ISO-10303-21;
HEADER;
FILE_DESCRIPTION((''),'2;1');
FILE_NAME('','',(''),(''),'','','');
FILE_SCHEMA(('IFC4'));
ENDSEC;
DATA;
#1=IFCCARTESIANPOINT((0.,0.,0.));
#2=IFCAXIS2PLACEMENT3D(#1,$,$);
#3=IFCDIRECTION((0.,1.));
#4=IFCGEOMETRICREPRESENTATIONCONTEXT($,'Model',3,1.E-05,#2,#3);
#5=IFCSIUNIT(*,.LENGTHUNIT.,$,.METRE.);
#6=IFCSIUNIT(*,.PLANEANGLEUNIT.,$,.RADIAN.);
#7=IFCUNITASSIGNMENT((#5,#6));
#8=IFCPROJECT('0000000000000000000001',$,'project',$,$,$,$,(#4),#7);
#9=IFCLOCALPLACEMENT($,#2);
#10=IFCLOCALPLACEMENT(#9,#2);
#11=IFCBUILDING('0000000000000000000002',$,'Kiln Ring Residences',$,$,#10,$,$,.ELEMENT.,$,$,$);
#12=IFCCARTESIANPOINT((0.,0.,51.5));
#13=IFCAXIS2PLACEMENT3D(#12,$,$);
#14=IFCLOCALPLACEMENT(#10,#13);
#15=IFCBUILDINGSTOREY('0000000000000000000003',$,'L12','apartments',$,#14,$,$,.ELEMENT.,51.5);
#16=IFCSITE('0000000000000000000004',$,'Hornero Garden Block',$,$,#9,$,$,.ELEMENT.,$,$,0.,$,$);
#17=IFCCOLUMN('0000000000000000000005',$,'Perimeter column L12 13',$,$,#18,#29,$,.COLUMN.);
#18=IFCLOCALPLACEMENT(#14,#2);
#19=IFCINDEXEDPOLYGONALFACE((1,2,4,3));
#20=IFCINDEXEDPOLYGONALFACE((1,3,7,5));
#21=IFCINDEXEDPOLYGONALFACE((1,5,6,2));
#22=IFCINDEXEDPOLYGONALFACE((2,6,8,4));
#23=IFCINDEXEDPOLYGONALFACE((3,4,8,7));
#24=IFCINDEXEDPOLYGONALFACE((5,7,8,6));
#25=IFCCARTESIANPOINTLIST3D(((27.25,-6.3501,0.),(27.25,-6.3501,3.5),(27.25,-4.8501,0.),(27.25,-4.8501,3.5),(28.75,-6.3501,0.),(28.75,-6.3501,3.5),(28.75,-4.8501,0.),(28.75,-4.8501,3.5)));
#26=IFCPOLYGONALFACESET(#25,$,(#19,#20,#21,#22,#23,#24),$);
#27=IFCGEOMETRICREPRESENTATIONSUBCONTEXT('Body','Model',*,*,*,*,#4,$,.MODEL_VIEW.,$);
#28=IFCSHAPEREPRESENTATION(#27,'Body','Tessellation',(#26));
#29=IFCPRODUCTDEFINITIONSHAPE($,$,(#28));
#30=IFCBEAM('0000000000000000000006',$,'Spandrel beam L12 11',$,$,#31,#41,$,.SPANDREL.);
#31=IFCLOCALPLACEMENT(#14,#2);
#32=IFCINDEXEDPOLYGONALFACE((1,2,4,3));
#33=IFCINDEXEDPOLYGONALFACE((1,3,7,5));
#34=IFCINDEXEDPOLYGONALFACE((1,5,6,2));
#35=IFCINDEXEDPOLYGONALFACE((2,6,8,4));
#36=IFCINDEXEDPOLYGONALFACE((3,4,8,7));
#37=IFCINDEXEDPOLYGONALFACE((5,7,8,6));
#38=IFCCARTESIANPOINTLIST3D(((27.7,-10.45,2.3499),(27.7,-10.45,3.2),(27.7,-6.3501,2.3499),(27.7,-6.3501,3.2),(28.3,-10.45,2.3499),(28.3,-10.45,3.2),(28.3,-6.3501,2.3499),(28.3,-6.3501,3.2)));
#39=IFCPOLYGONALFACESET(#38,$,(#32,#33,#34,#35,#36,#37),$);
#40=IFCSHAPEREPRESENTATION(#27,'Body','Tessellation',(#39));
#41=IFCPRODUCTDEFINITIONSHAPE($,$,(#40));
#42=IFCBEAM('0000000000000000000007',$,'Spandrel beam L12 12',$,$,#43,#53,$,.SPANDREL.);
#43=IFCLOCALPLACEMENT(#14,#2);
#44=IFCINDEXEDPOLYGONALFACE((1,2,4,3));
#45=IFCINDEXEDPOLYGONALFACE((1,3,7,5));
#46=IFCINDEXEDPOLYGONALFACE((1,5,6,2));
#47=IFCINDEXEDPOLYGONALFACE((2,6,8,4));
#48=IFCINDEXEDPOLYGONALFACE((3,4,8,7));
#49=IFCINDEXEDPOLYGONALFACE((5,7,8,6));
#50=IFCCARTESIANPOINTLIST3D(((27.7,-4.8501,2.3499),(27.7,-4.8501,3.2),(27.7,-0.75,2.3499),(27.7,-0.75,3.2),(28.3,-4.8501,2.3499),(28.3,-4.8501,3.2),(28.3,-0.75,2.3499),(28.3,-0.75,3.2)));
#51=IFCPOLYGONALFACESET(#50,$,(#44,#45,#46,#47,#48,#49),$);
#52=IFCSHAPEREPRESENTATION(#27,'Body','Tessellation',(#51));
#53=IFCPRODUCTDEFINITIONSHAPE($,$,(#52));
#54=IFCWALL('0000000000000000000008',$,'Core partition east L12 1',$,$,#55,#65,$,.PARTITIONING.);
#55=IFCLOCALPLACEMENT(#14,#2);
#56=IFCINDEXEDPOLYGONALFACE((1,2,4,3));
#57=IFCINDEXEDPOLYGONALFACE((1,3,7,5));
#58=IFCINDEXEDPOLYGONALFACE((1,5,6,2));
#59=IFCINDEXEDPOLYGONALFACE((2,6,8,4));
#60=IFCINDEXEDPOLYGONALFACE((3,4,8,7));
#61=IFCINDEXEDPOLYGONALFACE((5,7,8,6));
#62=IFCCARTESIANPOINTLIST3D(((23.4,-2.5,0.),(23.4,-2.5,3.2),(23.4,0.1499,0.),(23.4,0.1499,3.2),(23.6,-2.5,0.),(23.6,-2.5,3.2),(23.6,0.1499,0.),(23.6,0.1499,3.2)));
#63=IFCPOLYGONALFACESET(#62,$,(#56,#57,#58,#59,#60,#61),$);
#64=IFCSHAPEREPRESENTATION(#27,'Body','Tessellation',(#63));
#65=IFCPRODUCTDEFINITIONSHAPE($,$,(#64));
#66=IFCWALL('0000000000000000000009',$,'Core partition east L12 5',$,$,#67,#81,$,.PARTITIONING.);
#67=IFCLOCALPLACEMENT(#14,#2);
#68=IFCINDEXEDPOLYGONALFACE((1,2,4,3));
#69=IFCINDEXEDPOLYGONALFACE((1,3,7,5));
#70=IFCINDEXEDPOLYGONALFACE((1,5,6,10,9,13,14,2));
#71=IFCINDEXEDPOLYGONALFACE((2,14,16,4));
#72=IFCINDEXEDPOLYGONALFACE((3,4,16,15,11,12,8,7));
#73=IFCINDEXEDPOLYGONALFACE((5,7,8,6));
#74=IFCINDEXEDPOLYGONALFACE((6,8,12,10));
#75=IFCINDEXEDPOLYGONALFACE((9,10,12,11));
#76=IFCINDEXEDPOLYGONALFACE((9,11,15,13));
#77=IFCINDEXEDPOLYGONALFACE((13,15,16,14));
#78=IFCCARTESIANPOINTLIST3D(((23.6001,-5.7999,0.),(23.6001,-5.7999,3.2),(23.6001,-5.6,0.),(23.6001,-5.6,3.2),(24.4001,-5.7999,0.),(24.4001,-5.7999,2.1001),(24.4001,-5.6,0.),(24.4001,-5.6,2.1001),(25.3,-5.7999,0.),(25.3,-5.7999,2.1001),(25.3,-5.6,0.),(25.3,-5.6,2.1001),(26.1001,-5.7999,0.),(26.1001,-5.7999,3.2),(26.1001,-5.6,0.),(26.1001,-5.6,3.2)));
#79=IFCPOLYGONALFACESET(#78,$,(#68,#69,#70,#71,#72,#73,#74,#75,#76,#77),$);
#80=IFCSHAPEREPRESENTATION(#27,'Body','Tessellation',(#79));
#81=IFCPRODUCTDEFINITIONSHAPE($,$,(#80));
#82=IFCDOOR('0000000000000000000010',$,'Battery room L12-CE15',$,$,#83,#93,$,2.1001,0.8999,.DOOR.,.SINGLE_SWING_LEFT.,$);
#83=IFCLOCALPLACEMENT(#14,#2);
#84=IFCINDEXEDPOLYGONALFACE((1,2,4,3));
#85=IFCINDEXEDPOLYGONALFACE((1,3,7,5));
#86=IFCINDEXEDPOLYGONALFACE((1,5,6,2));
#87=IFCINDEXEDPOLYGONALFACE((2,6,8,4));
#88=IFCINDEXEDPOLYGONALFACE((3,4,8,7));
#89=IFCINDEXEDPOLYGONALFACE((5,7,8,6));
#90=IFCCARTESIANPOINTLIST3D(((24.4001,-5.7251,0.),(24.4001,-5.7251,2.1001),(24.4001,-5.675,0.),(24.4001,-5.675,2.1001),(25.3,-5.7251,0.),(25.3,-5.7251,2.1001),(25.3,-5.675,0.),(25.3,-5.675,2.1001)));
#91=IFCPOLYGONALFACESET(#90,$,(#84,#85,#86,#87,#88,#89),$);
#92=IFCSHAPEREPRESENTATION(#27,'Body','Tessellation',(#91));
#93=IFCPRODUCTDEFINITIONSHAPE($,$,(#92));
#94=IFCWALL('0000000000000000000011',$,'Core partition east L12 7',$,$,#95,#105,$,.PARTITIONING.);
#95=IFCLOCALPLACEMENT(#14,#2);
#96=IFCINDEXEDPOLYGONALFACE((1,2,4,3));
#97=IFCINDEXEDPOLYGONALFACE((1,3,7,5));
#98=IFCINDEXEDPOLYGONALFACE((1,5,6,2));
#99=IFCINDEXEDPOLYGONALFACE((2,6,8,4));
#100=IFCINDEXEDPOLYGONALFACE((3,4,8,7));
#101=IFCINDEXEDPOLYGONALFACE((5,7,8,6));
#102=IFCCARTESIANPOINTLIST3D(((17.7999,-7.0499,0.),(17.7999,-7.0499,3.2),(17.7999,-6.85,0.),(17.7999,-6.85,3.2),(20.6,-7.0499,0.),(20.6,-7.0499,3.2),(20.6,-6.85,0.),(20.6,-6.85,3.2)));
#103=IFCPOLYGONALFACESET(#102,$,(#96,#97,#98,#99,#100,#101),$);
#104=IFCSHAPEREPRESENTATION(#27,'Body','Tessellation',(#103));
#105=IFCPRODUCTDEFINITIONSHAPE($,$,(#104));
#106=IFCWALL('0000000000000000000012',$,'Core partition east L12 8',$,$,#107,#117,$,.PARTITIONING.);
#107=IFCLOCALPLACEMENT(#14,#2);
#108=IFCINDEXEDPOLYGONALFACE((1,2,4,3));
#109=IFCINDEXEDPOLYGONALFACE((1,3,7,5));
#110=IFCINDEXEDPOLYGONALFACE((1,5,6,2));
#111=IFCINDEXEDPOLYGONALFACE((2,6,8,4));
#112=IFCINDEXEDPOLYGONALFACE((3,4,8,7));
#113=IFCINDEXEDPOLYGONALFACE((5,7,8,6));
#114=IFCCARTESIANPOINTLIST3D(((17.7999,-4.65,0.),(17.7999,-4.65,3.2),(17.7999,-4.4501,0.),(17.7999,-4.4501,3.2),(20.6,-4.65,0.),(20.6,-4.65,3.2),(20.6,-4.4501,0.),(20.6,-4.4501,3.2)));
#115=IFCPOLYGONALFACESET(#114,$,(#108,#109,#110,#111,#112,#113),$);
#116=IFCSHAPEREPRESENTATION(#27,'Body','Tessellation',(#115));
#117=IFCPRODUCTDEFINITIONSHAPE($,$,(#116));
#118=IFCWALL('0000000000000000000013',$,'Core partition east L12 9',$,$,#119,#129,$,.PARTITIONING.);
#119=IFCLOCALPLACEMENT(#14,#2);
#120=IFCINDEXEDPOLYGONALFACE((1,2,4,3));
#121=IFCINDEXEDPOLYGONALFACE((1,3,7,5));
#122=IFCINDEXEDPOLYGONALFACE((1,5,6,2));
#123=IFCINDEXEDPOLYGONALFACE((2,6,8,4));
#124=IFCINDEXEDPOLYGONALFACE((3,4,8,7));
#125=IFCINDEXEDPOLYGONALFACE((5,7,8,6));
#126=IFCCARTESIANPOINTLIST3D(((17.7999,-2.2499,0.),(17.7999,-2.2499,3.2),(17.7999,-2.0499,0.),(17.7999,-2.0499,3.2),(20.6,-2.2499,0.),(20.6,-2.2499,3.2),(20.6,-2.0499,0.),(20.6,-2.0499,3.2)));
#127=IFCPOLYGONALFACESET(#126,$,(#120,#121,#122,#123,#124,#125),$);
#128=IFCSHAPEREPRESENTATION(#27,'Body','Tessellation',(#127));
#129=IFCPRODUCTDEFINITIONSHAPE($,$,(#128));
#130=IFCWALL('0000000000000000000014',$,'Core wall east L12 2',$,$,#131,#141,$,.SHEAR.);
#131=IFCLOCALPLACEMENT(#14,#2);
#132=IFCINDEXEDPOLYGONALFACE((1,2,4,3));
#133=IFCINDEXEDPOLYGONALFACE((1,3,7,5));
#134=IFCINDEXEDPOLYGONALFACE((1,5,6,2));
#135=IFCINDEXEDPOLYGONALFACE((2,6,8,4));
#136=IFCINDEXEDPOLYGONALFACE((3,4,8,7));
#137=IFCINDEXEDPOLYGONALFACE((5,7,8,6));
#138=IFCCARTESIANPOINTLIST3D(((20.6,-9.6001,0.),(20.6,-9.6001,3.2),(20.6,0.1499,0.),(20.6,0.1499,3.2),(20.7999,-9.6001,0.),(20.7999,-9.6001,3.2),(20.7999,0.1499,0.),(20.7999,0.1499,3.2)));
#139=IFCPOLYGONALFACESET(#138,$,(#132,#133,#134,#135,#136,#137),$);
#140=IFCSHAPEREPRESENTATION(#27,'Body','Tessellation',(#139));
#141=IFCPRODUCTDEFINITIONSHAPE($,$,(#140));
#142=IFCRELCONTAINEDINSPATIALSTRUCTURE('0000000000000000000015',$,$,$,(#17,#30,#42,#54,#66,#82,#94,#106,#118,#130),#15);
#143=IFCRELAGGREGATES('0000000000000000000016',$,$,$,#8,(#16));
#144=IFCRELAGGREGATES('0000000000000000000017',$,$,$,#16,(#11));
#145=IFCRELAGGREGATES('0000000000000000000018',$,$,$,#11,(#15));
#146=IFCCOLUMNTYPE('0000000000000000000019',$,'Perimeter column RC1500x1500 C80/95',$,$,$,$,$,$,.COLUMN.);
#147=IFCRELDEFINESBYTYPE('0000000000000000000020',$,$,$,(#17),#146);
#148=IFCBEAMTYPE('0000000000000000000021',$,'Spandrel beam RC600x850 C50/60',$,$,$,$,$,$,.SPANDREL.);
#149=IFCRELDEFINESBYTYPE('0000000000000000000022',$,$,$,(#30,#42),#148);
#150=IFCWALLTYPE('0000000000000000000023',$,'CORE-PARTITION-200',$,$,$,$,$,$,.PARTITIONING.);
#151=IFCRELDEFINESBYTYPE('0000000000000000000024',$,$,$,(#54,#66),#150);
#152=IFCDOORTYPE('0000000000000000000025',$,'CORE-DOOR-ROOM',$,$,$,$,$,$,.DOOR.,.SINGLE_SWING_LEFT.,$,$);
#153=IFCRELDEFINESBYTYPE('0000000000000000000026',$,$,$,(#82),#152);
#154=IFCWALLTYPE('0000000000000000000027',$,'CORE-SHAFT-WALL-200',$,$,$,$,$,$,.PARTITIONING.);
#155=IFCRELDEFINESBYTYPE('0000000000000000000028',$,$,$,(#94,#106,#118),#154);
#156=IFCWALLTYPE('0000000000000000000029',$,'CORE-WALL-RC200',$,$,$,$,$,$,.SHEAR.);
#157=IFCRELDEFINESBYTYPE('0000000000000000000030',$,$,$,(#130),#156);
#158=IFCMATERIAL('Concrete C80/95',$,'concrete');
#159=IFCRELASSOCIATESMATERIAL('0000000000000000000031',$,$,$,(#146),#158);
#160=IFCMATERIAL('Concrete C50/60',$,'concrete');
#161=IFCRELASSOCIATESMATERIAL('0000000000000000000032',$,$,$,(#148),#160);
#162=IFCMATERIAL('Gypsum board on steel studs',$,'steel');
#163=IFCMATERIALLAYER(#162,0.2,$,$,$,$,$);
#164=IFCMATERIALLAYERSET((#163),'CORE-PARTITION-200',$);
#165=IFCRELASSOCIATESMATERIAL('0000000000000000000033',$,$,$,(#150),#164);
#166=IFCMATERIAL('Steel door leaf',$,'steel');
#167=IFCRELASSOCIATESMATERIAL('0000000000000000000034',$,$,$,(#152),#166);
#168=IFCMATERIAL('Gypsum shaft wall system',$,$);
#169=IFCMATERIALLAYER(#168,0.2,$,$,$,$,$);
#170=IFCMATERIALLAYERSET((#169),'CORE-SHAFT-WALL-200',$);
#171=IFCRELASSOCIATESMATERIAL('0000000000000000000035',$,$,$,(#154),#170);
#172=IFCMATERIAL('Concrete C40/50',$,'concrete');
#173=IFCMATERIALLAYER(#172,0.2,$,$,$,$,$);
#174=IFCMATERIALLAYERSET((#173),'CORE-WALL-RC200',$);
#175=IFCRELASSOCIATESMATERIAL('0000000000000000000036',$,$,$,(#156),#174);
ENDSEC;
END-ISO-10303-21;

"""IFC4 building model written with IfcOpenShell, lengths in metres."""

from ifc_helpers import new_model, si_unit, direction, frame, frame_2d, origin, origin_2d, place, context, subcontext, project, spatial, rectangle, extrude, material, layer, layer_set, material_profile, profile_set, type_object, element, fill, save


model = new_model("IFC4")

# Units and contexts
model_context = context("Model", 3, precision=1e-05, world=origin(), true_north=direction((0.0, 1.0)))
body_context = subcontext(model_context, "Body", "Model", "MODEL_VIEW")
ifc_project = project(units=[si_unit("LENGTHUNIT", "METRE"), si_unit("PLANEANGLEUNIT", "RADIAN")], contexts=[model_context])

# Site, building, storey
site_placement = place(None, origin())
site = spatial("IfcSite", under=ifc_project, at=site_placement, Name="Hornero Garden Block", CompositionType="ELEMENT", RefElevation=0.0)
building_placement = place(site_placement, origin())
building = spatial("IfcBuilding", under=site, at=building_placement, Name="Kiln Ring Residences", CompositionType="ELEMENT")
storey_placement = place(building_placement, frame((0.0, 0.0, 51.5)))
storey = spatial("IfcBuildingStorey", under=building, at=storey_placement, Name="L12", Description="apartments", CompositionType="ELEMENT", Elevation=51.5)

# Column
ifc_material_1 = material(Name="Concrete C80/95", Category="concrete")
ifc_material_profile_1 = material_profile(ifc_material_1, rectangle(XDim=1.5, YDim=1.5, at=origin_2d()), Name="RC1500x1500")
ifc_profile_set_1 = profile_set([ifc_material_profile_1], Name="Concrete C80/95")
column_type = type_object("IfcColumnType", Name="Perimeter column RC1500x1500 C80/95", PredefinedType="COLUMN", material=ifc_profile_set_1)
column_placement = place(storey_placement, frame((28.0, -5.6001, 0.0), z_axis=(0.0, 0.0, 1.0), x_axis=(1.0, 0.0, 0.0)))
element("IfcColumn", 1, at=column_placement, inside=storey, type_object=column_type, Name="Perimeter column L12 13", PredefinedType="COLUMN", context=body_context, shape_type="SweptSolid", body=[
    extrude(rectangle(XDim=1.5, YDim=1.5, at=origin_2d()), origin(), (0.0, 0.0, 1.0), 3.5),
])

# Beams
ifc_material_2 = material(Name="Concrete C50/60", Category="concrete")
ifc_material_profile_2 = material_profile(ifc_material_2, rectangle(XDim=0.6001, YDim=0.8501, at=origin_2d()), Name="RC600x850")
ifc_profile_set_2 = profile_set([ifc_material_profile_2], Name="Concrete C50/60")
beam_type = type_object("IfcBeamType", Name="Spandrel beam RC600x850 C50/60", PredefinedType="SPANDREL", material=ifc_profile_set_2)
beam_1_placement = place(storey_placement, frame((28.0, -10.45, 2.7749), z_axis=(0.0, 1.0, 0.0), x_axis=(-1.0, 0.0, 0.0)))
element("IfcBeam", 2, at=beam_1_placement, inside=storey, type_object=beam_type, Name="Spandrel beam L12 11", PredefinedType="SPANDREL", context=body_context, shape_type="SweptSolid", body=[
    extrude(rectangle(XDim=0.6001, YDim=0.8501, at=origin_2d()), origin(), (0.0, 0.0, 1.0), 4.0999),
])
beam_2_placement = place(storey_placement, frame((28.0, -4.8501, 2.7749), z_axis=(0.0, 1.0, 0.0), x_axis=(-1.0, 0.0, 0.0)))
element("IfcBeam", 3, at=beam_2_placement, inside=storey, type_object=beam_type, Name="Spandrel beam L12 12", PredefinedType="SPANDREL", context=body_context, shape_type="SweptSolid", body=[
    extrude(rectangle(XDim=0.6001, YDim=0.8501, at=origin_2d()), origin(), (0.0, 0.0, 1.0), 4.1001),
])

# Wall
ifc_material_3 = material(Name="Gypsum board on steel studs", Category="steel")
ifc_layer_1 = layer(ifc_material_3, 0.2)
ifc_layer_set_1 = layer_set([ifc_layer_1], Name="CORE-PARTITION-200")
wall_type_1 = type_object("IfcWallType", Name="CORE-PARTITION-200", PredefinedType="PARTITIONING", material=ifc_layer_set_1)
wall_1_placement = place(storey_placement, frame((23.5, -2.5, 0.0), z_axis=(0.0, 0.0, 1.0), x_axis=(0.0, 1.0, 0.0)))
element("IfcWall", 4, at=wall_1_placement, inside=storey, type_object=wall_type_1, Name="Core partition east L12 1", PredefinedType="PARTITIONING", context=body_context, shape_type="SweptSolid", body=[
    extrude(rectangle(XDim=2.6499, YDim=0.2, at=frame_2d((1.325, 0.0))), origin(), (0.0, 0.0, 1.0), 3.2),
])

# Wall, opening, door
wall_2_placement = place(storey_placement, frame((23.6001, -5.7, 0.0), z_axis=(0.0, 0.0, 1.0), x_axis=(1.0, 0.0, 0.0)))
wall_2 = element("IfcWall", 5, at=wall_2_placement, inside=storey, type_object=wall_type_1, Name="Core partition east L12 5", PredefinedType="PARTITIONING", context=body_context, shape_type="SweptSolid", body=[
    extrude(rectangle(XDim=2.5, YDim=0.2, at=frame_2d((1.25, 0.0))), origin(), (0.0, 0.0, 1.0), 3.2),
])
opening_1_placement = place(wall_2_placement, frame((0.8, 0.0, 0.0)))
opening_1 = element("IfcOpeningElement", 6, at=opening_1_placement, cuts=wall_2, PredefinedType="OPENING", context=body_context, shape_type="SweptSolid", body=[
    extrude(rectangle(XDim=0.8999, YDim=2.1001, at=frame_2d((0.45, 1.05))), frame((0.0, 0.1099, 0.0), z_axis=(0.0, -1.0, 0.0), x_axis=(1.0, 0.0, 0.0)), (0.0, 0.0, 1.0), 0.22),
])
ifc_material_4 = material(Name="Steel door leaf", Category="steel")
door_type_1 = type_object("IfcDoorType", Name="CORE-DOOR-ROOM", OperationType="SINGLE_SWING_LEFT", PredefinedType="DOOR", material=ifc_material_4)
door_1_placement = place(opening_1_placement, origin())
door_1 = element("IfcDoor", 7, at=door_1_placement, inside=storey, type_object=door_type_1, Name="Battery room L12-CE15", OperationType="SINGLE_SWING_LEFT", OverallHeight=2.1001, OverallWidth=0.8999, PredefinedType="DOOR", context=body_context, shape_type="SweptSolid", body=[
    extrude(rectangle(XDim=0.8999, YDim=2.1001, at=frame_2d((0.45, 1.05))), frame((0.0, 0.0249, 0.0), z_axis=(0.0, -1.0, 0.0), x_axis=(1.0, 0.0, 0.0)), (0.0, 0.0, 1.0), 0.05),
])
fill(opening_1, door_1)

# Walls
ifc_material_5 = material(Name="Gypsum shaft wall system")
ifc_layer_2 = layer(ifc_material_5, 0.2)
ifc_layer_set_2 = layer_set([ifc_layer_2], Name="CORE-SHAFT-WALL-200")
wall_type_2 = type_object("IfcWallType", Name="CORE-SHAFT-WALL-200", PredefinedType="PARTITIONING", material=ifc_layer_set_2)
for number, where, z_axis, x_axis, name in (
    (8, (17.8, -6.95, 0.0), (0.0, 0.0, 1.0), (1.0, 0.0, 0.0), "Core partition east L12 7"),
    (9, (17.8, -4.55, 0.0), (0.0, 0.0, 1.0), (1.0, 0.0, 0.0), "Core partition east L12 8"),
    (10, (17.8, -2.1499, 0.0), (0.0, 0.0, 1.0), (1.0, 0.0, 0.0), "Core partition east L12 9"),
):
    element("IfcWall", number, at=place(storey_placement, frame(where, z_axis=z_axis, x_axis=x_axis)), inside=storey, type_object=wall_type_2, Name=name, PredefinedType="PARTITIONING", context=body_context, shape_type="SweptSolid", body=[
        extrude(rectangle(XDim=2.8, YDim=0.2, at=frame_2d((1.3999, 0.0))), origin(), (0.0, 0.0, 1.0), 3.2),
    ])
ifc_material_6 = material(Name="Concrete C40/50", Category="concrete")
ifc_layer_3 = layer(ifc_material_6, 0.2)
ifc_layer_set_3 = layer_set([ifc_layer_3], Name="CORE-WALL-RC200")
wall_type_3 = type_object("IfcWallType", Name="CORE-WALL-RC200", PredefinedType="SHEAR", material=ifc_layer_set_3)
wall_3_placement = place(storey_placement, frame((20.7, -9.6001, 0.0), z_axis=(0.0, 0.0, 1.0), x_axis=(0.0, 1.0, 0.0)))
element("IfcWall", 11, at=wall_3_placement, inside=storey, type_object=wall_type_3, Name="Core wall east L12 2", PredefinedType="SHEAR", context=body_context, shape_type="SweptSolid", body=[
    extrude(rectangle(XDim=9.75, YDim=0.2, at=frame_2d((4.875, 0.0))), origin(), (0.0, 0.0, 1.0), 3.2),
])

save(model, "model.ifc")
